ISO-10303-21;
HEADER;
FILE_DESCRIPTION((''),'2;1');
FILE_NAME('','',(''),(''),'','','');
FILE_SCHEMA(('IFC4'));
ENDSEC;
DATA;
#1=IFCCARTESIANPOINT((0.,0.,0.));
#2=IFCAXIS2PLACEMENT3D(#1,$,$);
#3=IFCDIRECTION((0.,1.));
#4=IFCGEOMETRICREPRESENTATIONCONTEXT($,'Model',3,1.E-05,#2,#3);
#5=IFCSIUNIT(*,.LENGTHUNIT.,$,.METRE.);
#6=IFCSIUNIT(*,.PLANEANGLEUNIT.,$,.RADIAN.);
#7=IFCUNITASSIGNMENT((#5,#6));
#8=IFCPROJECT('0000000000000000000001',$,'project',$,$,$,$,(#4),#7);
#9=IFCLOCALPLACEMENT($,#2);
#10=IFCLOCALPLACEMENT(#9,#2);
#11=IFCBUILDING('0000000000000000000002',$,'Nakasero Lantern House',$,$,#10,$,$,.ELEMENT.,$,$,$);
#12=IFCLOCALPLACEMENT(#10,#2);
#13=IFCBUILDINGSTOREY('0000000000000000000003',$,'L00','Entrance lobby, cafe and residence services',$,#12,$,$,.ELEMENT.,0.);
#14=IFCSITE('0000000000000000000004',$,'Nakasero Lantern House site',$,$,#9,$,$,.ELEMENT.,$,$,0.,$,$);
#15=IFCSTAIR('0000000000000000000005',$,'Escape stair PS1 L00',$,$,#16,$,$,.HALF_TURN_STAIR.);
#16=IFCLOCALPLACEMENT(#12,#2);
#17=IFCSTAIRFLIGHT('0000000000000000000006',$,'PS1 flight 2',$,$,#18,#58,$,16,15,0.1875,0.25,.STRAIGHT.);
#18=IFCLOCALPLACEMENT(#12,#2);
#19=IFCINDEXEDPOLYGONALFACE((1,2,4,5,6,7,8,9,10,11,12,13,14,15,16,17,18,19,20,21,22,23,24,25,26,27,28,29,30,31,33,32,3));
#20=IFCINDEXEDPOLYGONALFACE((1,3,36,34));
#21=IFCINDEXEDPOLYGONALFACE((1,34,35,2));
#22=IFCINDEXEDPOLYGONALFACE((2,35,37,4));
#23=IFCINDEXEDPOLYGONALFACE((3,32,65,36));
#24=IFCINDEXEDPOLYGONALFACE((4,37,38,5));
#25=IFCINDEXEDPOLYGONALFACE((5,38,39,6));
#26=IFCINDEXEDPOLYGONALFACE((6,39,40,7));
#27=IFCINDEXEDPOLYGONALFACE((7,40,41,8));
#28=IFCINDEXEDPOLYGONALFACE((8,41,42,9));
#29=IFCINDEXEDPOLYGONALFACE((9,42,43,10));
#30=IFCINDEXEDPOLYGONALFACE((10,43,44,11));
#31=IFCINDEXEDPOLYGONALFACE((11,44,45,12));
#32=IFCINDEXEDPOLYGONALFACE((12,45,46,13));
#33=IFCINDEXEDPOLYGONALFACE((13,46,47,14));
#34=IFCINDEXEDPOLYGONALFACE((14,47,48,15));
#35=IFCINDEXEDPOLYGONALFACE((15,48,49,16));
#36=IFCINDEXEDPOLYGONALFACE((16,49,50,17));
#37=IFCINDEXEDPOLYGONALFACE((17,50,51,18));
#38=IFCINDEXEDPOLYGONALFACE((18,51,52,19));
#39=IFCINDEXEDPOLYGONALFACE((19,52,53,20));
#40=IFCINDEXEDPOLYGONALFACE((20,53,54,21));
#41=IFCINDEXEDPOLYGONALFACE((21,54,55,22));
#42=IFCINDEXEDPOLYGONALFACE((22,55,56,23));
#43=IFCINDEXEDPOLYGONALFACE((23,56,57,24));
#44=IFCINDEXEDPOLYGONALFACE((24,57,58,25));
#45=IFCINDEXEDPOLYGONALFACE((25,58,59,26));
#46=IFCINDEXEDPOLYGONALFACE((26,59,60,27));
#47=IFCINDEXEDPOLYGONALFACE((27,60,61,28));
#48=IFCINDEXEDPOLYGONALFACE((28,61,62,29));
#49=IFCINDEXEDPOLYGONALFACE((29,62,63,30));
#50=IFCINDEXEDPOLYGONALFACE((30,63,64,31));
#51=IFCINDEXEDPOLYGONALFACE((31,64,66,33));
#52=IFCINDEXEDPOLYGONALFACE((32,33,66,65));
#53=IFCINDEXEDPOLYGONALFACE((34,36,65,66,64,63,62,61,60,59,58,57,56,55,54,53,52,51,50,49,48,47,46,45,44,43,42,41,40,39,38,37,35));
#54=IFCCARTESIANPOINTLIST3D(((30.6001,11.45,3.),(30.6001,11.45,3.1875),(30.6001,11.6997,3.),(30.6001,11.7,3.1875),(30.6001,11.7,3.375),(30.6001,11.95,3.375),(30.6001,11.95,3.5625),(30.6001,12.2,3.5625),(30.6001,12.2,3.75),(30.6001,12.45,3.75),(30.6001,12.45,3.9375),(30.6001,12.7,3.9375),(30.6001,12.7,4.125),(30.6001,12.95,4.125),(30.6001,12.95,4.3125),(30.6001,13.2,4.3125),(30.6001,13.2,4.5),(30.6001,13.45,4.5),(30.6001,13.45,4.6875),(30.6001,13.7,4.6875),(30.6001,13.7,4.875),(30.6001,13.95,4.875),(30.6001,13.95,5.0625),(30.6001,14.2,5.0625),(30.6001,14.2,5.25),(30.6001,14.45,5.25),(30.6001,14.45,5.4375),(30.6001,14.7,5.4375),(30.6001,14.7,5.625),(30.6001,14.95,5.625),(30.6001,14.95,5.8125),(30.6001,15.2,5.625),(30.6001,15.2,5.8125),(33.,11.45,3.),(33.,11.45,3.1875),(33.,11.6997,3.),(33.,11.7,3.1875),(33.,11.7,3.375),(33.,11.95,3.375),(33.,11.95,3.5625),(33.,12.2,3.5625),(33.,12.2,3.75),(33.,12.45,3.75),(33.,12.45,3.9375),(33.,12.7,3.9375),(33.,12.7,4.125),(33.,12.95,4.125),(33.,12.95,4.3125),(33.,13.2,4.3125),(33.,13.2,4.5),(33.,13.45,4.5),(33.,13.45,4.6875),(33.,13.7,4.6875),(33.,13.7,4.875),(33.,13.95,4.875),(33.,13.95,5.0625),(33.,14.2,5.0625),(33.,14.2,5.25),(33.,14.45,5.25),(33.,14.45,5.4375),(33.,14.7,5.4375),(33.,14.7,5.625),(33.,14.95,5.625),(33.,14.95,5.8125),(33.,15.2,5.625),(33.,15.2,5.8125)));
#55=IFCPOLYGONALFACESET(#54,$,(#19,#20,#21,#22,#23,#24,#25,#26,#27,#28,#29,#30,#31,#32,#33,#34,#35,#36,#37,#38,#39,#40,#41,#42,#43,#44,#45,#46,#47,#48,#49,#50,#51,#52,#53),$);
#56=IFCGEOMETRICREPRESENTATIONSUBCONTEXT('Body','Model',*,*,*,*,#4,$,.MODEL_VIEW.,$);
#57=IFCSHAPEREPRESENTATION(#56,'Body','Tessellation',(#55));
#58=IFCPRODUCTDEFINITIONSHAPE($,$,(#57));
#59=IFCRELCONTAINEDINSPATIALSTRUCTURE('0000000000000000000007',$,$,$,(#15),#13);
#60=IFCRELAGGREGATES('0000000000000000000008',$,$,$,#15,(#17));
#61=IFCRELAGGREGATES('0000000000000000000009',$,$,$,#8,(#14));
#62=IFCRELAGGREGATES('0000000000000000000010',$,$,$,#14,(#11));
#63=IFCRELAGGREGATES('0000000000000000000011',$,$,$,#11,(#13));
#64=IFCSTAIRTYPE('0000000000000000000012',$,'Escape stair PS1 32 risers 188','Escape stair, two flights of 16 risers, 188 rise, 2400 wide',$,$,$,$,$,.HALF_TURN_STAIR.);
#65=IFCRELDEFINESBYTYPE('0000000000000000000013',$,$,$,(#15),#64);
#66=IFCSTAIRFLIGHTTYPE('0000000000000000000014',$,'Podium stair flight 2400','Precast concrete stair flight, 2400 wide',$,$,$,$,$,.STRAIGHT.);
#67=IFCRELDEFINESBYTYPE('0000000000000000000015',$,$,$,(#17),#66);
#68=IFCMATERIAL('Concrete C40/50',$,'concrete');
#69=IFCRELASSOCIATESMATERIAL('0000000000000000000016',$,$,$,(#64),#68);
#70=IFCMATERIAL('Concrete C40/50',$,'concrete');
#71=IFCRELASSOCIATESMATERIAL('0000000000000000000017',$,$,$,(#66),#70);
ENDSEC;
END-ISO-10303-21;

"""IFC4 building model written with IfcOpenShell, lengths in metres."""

from ifc_helpers import new_model, si_unit, direction, frame, origin, place, context, subcontext, project, spatial, polyline, outline, extrude, material, type_object, element, aggregate, save


model = new_model("IFC4")

# Units and contexts
model_context = context("Model", 3, precision=1e-05, world=origin(), true_north=direction((0.0, 1.0)))
body_context = subcontext(model_context, "Body", "Model", "MODEL_VIEW")
ifc_project = project(units=[si_unit("LENGTHUNIT", "METRE"), si_unit("PLANEANGLEUNIT", "RADIAN")], contexts=[model_context])

# Site, building, storey
site_placement = place(None, origin())
site = spatial("IfcSite", under=ifc_project, at=site_placement, Name="Nakasero Lantern House site", CompositionType="ELEMENT", RefElevation=0.0)
building_placement = place(site_placement, origin())
building = spatial("IfcBuilding", under=site, at=building_placement, Name="Nakasero Lantern House", CompositionType="ELEMENT")
storey_placement = place(building_placement, origin())
storey = spatial("IfcBuildingStorey", under=building, at=storey_placement, Name="L00", Description="Entrance lobby, cafe and residence services", CompositionType="ELEMENT", Elevation=0.0)

# Stair, stair flight
ifc_material_1 = material(Name="Concrete C40/50", Category="concrete")
stair_type = type_object("IfcStairType", Name="Escape stair PS1 32 risers 188", Description="Escape stair, two flights of 16 risers, 188 rise, 2400 wide", PredefinedType="HALF_TURN_STAIR", material=ifc_material_1)
stair_placement = place(storey_placement, origin())
stair = element("IfcStair", 1, at=stair_placement, inside=storey, type_object=stair_type, Name="Escape stair PS1 L00", PredefinedType="HALF_TURN_STAIR")
ifc_material_2 = material(Name="Concrete C40/50", Category="concrete")
stair_flight_type = type_object("IfcStairFlightType", Name="Podium stair flight 2400", Description="Precast concrete stair flight, 2400 wide", PredefinedType="STRAIGHT", material=ifc_material_2)
stair_flight_1_placement = place(storey_placement, frame((31.8, 11.45, 3.0), z_axis=(0.0, 0.0, 1.0), x_axis=(0.0, 1.0, 0.0)))
stair_flight_1 = element("IfcStairFlight", 2, at=stair_flight_1_placement, type_object=stair_flight_type, Name="PS1 flight 2", NumberOfRisers=16, NumberOfTreads=15, PredefinedType="STRAIGHT", RiserHeight=0.1875, TreadLength=0.25, context=body_context, shape_type="SweptSolid", body=[
    extrude(outline(polyline([(0.0, 0.0), (0.0, 0.1875), (0.25, 0.1875), (0.25, 0.375), (0.5, 0.375), (0.5, 0.5625), (0.75, 0.5625), (0.75, 0.75), (1.0, 0.75), (1.0, 0.9375), (1.25, 0.9375), (1.25, 1.125), (1.5, 1.125), (1.5, 1.3125), (1.75, 1.3125), (1.75, 1.5), (2.0, 1.5), (2.0, 1.6875), (2.25, 1.6875), (2.25, 1.875), (2.5, 1.875), (2.5, 2.0625), (2.75, 2.0625), (2.75, 2.25), (3.0, 2.25), (3.0, 2.4375), (3.25, 2.4375), (3.25, 2.625), (3.5, 2.625), (3.5, 2.8125), (3.75, 2.8125), (3.75, 3.0), (3.75, 2.625), (0.2498, 0.0), (0.0, 0.0)])), frame((0.0, 1.2, 0.0), z_axis=(0.0, -1.0, 0.0), x_axis=(1.0, 0.0, 0.0)), (0.0, 0.0, 1.0), 2.3999),
])
aggregate(stair, [stair_flight_1])

save(model, "model.ifc")
